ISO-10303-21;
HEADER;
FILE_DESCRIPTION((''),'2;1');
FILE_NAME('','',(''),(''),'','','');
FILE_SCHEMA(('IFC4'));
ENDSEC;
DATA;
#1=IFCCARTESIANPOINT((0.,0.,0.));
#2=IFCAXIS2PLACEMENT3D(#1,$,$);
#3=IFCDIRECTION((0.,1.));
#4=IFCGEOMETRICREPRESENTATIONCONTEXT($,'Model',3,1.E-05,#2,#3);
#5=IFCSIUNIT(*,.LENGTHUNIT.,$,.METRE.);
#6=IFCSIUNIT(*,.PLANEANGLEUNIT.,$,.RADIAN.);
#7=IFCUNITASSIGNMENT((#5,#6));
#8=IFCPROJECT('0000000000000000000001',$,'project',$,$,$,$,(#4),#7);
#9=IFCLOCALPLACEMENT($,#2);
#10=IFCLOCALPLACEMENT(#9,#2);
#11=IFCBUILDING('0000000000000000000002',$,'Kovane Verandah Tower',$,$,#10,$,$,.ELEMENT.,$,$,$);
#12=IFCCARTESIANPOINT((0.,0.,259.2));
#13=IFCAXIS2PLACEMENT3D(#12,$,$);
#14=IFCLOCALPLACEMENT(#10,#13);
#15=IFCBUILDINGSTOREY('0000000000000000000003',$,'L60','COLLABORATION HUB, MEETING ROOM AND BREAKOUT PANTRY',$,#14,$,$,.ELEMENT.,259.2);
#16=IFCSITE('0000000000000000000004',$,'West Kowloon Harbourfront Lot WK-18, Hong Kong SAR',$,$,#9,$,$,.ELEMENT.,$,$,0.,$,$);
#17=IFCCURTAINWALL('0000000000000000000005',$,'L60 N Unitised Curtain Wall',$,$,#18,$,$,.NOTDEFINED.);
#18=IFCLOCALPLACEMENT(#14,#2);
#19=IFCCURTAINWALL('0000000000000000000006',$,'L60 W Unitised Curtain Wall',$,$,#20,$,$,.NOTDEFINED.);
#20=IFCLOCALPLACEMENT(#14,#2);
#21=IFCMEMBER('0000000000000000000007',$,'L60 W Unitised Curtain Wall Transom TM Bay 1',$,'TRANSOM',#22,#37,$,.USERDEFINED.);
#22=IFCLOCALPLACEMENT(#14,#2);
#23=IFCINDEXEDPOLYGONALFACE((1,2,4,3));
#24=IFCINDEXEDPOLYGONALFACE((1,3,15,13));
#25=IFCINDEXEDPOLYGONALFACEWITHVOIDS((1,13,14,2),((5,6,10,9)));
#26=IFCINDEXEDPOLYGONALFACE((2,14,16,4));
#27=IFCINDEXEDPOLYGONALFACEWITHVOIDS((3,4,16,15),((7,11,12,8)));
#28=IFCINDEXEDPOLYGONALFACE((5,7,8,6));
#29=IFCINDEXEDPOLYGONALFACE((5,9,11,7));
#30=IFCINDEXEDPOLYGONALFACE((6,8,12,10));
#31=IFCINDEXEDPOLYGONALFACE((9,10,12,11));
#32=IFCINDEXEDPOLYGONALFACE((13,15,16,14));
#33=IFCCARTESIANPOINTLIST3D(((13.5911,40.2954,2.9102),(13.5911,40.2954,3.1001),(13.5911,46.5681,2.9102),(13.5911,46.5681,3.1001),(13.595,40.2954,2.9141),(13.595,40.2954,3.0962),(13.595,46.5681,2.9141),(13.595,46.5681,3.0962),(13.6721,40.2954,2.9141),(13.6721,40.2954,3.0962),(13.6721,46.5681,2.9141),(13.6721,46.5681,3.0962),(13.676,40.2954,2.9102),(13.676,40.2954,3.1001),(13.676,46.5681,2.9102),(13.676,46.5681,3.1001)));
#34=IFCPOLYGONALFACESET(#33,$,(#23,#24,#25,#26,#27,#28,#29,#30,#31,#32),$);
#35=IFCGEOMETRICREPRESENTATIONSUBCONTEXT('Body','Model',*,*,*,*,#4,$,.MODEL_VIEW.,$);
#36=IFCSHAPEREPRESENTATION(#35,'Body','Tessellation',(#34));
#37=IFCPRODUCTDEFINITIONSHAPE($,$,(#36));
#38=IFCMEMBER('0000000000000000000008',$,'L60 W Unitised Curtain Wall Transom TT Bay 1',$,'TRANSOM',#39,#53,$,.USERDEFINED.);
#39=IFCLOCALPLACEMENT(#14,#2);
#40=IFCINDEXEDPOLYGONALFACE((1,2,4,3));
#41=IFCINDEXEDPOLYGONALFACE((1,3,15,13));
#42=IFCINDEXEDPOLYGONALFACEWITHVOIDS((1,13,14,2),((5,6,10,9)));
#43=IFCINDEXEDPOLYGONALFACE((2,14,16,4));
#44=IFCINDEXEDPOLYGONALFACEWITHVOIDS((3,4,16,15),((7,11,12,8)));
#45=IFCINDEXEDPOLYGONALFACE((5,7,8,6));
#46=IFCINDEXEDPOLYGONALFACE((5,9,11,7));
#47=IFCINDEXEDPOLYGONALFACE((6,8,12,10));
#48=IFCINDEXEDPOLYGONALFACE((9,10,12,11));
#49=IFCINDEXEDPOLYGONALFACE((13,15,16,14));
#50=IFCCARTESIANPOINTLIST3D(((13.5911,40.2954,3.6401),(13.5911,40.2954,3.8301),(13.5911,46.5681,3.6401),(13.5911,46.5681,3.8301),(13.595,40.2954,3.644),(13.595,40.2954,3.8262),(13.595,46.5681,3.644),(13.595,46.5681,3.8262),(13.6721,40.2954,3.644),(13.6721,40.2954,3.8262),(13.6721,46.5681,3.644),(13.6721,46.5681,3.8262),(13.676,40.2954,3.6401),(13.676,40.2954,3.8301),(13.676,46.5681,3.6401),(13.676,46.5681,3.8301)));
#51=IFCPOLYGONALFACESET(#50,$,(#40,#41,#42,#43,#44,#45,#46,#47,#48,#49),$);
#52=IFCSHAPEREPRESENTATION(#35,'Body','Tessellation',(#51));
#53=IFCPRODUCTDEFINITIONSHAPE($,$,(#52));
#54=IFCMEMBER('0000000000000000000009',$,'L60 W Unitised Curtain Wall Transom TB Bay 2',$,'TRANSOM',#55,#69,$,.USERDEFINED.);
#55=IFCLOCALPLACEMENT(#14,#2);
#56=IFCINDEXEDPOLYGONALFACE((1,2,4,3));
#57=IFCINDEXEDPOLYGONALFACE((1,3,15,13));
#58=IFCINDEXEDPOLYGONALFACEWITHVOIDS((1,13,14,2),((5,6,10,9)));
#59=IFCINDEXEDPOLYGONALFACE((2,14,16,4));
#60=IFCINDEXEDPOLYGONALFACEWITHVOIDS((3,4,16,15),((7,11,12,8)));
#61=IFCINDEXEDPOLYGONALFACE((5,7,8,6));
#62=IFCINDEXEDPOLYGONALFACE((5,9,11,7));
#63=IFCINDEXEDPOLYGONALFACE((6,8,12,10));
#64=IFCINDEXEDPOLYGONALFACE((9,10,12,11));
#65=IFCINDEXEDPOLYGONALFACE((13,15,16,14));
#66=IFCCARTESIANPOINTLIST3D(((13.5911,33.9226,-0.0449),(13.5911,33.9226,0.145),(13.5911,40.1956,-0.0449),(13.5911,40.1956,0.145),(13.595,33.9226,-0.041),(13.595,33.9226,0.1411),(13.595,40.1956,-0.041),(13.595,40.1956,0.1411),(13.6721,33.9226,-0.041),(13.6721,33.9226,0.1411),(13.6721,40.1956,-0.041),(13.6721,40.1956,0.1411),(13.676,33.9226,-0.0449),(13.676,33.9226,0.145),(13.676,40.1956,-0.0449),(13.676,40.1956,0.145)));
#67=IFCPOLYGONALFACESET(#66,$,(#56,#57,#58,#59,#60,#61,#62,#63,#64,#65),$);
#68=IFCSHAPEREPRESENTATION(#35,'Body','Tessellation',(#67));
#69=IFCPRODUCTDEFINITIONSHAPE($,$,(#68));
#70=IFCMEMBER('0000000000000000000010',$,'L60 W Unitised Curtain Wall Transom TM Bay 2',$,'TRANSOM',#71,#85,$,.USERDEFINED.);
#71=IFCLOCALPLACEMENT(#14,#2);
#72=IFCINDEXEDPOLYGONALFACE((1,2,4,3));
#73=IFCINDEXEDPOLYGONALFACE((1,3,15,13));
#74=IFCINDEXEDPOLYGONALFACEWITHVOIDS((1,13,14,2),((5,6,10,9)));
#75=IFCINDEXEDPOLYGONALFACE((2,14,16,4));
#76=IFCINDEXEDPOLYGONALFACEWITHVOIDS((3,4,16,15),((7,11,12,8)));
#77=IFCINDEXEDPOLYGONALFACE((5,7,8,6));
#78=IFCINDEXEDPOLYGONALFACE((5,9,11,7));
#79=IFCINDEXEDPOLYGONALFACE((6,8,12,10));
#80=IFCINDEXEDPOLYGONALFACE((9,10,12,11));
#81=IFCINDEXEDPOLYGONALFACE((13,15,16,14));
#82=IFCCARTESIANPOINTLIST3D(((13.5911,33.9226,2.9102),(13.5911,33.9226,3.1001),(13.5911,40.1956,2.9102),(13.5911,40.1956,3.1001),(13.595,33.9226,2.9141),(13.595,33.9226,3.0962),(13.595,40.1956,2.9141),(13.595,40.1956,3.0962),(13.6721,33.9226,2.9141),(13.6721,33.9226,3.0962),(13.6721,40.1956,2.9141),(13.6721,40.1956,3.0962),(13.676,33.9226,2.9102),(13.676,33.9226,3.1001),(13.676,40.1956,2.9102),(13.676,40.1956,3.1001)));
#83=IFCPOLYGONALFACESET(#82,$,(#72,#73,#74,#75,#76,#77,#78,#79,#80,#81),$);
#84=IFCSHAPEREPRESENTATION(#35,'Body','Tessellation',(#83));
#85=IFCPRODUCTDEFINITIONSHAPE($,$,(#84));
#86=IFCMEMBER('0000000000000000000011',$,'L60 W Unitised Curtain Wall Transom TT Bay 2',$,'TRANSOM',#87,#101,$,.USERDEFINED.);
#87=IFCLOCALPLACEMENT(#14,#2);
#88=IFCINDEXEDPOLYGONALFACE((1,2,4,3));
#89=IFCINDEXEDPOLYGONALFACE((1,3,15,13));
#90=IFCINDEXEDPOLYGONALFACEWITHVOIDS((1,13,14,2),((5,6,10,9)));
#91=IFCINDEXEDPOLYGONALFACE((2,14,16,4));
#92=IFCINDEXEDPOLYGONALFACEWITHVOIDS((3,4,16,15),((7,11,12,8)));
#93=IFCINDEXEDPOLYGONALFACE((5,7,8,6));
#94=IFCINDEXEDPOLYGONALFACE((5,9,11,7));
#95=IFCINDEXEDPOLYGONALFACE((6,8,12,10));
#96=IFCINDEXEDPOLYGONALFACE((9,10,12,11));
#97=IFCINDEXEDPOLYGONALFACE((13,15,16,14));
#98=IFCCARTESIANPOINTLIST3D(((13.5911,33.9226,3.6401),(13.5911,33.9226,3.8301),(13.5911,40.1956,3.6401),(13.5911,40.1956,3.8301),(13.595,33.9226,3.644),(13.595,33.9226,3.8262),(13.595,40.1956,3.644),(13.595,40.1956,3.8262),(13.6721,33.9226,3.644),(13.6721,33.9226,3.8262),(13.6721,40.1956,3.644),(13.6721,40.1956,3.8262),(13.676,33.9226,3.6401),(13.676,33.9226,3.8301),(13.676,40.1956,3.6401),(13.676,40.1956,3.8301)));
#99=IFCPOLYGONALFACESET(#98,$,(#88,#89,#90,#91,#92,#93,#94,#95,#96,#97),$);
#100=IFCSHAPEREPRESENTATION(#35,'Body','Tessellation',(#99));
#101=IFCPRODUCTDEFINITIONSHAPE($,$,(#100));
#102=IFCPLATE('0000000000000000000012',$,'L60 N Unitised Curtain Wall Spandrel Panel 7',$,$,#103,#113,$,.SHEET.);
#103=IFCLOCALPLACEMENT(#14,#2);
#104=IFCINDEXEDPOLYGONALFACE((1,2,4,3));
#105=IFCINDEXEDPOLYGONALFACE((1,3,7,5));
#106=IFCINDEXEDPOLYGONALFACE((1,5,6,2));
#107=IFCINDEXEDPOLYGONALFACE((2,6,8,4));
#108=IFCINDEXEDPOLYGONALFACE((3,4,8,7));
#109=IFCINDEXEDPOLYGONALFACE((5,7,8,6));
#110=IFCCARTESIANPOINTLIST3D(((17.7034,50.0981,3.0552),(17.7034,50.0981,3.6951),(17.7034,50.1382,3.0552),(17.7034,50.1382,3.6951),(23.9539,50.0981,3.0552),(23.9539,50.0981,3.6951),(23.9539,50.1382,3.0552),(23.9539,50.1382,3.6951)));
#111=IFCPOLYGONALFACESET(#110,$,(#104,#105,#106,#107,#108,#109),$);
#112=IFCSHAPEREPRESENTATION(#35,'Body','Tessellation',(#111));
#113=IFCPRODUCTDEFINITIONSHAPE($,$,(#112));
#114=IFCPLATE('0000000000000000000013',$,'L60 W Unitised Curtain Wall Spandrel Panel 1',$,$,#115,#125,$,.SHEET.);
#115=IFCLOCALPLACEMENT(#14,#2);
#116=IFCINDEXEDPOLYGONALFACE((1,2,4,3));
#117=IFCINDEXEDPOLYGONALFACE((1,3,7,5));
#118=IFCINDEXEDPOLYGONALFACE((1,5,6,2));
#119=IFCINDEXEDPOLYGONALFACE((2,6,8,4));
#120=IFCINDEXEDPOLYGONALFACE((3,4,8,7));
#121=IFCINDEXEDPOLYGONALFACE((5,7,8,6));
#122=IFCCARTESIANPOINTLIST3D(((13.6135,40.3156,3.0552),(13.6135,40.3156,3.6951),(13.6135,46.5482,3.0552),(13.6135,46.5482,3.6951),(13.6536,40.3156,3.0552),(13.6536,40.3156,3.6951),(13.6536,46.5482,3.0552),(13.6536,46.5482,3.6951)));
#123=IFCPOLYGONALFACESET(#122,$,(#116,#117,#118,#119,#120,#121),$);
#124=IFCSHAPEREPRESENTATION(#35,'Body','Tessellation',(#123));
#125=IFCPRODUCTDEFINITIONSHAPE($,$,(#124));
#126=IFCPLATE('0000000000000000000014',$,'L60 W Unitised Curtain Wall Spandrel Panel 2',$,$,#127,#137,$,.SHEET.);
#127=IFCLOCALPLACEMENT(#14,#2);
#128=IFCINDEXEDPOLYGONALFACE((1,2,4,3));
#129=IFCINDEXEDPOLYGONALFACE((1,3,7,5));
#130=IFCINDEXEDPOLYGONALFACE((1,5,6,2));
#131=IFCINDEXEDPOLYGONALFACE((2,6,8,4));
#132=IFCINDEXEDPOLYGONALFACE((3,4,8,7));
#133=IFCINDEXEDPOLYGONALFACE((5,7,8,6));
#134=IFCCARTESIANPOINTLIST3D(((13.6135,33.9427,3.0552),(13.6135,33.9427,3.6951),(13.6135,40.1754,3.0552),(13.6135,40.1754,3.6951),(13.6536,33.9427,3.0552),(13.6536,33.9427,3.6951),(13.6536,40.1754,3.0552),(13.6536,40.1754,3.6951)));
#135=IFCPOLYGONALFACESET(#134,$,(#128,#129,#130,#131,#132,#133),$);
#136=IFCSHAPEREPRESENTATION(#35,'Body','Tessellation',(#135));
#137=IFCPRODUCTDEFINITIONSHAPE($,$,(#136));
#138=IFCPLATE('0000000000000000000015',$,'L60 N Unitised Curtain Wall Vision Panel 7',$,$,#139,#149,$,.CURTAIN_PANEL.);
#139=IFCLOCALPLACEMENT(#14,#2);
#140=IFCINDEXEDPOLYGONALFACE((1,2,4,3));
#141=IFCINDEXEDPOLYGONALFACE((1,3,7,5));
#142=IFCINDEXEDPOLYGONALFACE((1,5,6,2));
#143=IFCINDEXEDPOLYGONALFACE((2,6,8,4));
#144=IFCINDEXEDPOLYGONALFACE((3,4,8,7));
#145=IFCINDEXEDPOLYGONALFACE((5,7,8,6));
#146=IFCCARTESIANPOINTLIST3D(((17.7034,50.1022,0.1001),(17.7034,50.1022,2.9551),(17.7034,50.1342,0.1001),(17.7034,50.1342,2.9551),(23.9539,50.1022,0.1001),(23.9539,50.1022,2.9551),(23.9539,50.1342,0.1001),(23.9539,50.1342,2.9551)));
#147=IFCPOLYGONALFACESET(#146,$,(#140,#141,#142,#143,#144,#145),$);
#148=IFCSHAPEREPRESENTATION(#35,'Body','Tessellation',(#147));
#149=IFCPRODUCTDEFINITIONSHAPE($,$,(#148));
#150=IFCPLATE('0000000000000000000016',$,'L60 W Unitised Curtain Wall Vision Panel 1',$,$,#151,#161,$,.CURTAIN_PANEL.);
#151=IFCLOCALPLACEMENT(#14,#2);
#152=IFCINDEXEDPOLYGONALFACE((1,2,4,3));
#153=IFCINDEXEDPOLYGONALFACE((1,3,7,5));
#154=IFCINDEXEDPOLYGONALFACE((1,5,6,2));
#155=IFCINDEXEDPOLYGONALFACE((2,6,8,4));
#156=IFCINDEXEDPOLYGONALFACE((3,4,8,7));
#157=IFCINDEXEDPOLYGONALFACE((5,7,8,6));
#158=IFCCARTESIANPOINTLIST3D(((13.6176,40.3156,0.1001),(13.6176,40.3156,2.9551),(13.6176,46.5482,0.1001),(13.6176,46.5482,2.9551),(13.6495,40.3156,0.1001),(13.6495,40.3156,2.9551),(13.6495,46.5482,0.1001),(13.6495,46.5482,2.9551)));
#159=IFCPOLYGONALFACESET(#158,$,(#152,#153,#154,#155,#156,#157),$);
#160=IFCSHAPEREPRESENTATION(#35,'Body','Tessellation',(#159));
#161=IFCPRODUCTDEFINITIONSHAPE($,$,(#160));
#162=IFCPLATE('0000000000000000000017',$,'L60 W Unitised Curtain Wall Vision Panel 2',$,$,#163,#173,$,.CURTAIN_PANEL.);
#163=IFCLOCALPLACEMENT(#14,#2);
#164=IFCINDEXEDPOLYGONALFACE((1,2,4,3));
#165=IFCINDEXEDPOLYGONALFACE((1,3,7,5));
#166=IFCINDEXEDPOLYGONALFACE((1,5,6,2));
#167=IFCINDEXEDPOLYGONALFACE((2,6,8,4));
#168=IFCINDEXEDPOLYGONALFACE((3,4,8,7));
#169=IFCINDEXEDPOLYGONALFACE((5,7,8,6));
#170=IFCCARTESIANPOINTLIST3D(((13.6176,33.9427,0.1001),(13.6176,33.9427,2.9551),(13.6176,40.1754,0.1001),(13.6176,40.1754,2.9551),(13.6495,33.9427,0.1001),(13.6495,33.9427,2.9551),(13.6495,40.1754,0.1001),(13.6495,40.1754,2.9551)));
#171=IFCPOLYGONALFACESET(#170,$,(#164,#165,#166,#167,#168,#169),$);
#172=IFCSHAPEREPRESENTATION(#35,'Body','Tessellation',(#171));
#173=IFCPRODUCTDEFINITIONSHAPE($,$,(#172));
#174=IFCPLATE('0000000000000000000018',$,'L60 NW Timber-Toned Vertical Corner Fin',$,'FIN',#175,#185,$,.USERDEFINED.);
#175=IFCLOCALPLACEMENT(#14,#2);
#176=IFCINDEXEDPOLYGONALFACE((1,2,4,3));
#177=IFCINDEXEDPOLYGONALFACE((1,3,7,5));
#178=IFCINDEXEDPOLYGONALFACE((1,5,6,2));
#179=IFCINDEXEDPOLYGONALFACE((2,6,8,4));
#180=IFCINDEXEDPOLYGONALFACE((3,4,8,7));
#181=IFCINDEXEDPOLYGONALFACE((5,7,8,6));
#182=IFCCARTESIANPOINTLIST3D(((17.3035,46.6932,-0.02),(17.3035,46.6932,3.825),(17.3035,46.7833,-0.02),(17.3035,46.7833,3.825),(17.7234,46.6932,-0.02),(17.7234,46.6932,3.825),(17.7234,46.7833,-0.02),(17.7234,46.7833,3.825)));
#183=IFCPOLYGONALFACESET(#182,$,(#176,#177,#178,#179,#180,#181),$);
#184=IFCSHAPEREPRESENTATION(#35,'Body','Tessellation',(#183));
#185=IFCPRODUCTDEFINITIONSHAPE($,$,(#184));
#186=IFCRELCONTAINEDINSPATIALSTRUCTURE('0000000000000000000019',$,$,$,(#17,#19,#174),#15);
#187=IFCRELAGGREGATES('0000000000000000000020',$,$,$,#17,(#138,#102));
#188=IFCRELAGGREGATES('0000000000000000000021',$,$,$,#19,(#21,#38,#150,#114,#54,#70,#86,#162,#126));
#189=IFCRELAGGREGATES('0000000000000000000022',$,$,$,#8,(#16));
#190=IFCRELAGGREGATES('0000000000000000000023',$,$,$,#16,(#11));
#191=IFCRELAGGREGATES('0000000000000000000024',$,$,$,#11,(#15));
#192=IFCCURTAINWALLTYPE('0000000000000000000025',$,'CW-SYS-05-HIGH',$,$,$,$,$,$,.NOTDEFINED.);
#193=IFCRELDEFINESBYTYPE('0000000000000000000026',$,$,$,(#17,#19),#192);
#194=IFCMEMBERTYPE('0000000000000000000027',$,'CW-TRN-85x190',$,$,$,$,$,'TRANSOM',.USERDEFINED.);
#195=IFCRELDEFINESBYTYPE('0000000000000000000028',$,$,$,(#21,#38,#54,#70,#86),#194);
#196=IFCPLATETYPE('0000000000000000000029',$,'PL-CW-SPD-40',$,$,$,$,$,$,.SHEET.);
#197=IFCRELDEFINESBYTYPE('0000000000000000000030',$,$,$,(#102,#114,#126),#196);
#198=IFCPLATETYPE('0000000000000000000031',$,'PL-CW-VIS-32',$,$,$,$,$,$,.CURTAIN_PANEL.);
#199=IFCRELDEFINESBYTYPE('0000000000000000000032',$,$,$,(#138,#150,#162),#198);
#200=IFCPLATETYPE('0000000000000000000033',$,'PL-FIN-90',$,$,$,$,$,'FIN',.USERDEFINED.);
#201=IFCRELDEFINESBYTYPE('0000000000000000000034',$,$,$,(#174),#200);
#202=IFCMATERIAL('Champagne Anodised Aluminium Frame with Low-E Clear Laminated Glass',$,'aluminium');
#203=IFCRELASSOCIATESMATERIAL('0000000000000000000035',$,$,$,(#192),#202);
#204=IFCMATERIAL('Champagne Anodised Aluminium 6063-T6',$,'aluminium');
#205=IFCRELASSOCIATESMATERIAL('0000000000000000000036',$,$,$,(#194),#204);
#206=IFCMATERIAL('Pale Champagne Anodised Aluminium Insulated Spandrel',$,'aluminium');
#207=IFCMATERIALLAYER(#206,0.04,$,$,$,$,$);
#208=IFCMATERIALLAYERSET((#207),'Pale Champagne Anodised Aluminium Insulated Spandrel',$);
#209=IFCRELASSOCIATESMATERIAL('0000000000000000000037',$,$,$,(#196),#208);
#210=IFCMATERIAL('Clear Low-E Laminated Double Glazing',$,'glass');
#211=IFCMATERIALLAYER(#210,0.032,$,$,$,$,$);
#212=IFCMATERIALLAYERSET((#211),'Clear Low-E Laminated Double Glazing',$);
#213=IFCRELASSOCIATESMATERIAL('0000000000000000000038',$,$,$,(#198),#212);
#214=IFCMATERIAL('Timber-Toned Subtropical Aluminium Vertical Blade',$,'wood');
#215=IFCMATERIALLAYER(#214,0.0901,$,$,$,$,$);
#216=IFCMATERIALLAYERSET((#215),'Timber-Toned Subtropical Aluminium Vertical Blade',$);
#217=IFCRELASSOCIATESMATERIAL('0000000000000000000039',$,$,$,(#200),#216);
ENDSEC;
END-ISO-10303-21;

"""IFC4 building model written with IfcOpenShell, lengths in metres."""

from ifc_helpers import new_model, si_unit, direction, frame, origin, origin_2d, place, context, subcontext, project, spatial, rectangle, hollow_rectangle, extrude, material, layer, layer_set, material_profile, profile_set, type_object, element, aggregate, save


model = new_model("IFC4")

# Units and contexts
model_context = context("Model", 3, precision=1e-05, world=origin(), true_north=direction((0.0, 1.0)))
body_context = subcontext(model_context, "Body", "Model", "MODEL_VIEW")
ifc_project = project(units=[si_unit("LENGTHUNIT", "METRE"), si_unit("PLANEANGLEUNIT", "RADIAN")], contexts=[model_context])

# Site, building, storey
site_placement = place(None, origin())
site = spatial("IfcSite", under=ifc_project, at=site_placement, Name="West Kowloon Harbourfront Lot WK-18, Hong Kong SAR", CompositionType="ELEMENT", RefElevation=0.0)
building_placement = place(site_placement, origin())
building = spatial("IfcBuilding", under=site, at=building_placement, Name="Kovane Verandah Tower", CompositionType="ELEMENT")
storey_placement = place(building_placement, frame((0.0, 0.0, 259.2)))
storey = spatial("IfcBuildingStorey", under=building, at=storey_placement, Name="L60", Description="COLLABORATION HUB, MEETING ROOM AND BREAKOUT PANTRY", CompositionType="ELEMENT", Elevation=259.2)

# Curtain wall
ifc_material_1 = material(Name="Champagne Anodised Aluminium Frame with Low-E Clear Laminated Glass", Category="aluminium")
curtain_wall_type = type_object("IfcCurtainWallType", Name="CW-SYS-05-HIGH", PredefinedType="NOTDEFINED", material=ifc_material_1)
curtain_wall_1_placement = place(storey_placement, origin())
curtain_wall_1 = element("IfcCurtainWall", 1, at=curtain_wall_1_placement, inside=storey, type_object=curtain_wall_type, Name="L60 N Unitised Curtain Wall", PredefinedType="NOTDEFINED")
ifc_material_2 = material(Name="Champagne Anodised Aluminium 6063-T6", Category="aluminium")

# Curtain wall, members
curtain_wall_2_placement = place(storey_placement, origin())
curtain_wall_2 = element("IfcCurtainWall", 2, at=curtain_wall_2_placement, inside=storey, type_object=curtain_wall_type, Name="L60 W Unitised Curtain Wall", PredefinedType="NOTDEFINED")
ifc_material_profile_1 = material_profile(ifc_material_2, hollow_rectangle(XDim=0.085, YDim=0.1899, WallThickness=0.0039, at=origin_2d()), Name="AL85x190x4")
ifc_profile_set_1 = profile_set([ifc_material_profile_1], Name="Champagne Anodised Aluminium 6063-T6")
member_type_1 = type_object("IfcMemberType", Name="CW-TRN-85x190", ElementType="TRANSOM", PredefinedType="USERDEFINED", material=ifc_profile_set_1)
member_1_placement = place(storey_placement, frame((13.6335, 46.5681, 3.0051), z_axis=(0.0, -1.0, 0.0), x_axis=(1.0, 0.0, 0.0)))
member_1 = element("IfcMember", 3, at=member_1_placement, type_object=member_type_1, Name="L60 W Unitised Curtain Wall Transom TM Bay 1", ObjectType="TRANSOM", PredefinedType="USERDEFINED", context=body_context, shape_type="SweptSolid", body=[
    extrude(hollow_rectangle(XDim=0.085, YDim=0.1899, WallThickness=0.0039, at=origin_2d()), origin(), (0.0, 0.0, 1.0), 6.2727),
])
member_2_placement = place(storey_placement, frame((13.6335, 46.5681, 3.7351), z_axis=(0.0, -1.0, 0.0), x_axis=(1.0, 0.0, 0.0)))
member_2 = element("IfcMember", 4, at=member_2_placement, type_object=member_type_1, Name="L60 W Unitised Curtain Wall Transom TT Bay 1", ObjectType="TRANSOM", PredefinedType="USERDEFINED", context=body_context, shape_type="SweptSolid", body=[
    extrude(hollow_rectangle(XDim=0.085, YDim=0.1899, WallThickness=0.0039, at=origin_2d()), origin(), (0.0, 0.0, 1.0), 6.2727),
])
member_3_placement = place(storey_placement, frame((13.6335, 40.1956, 0.05), z_axis=(0.0, -1.0, 0.0), x_axis=(1.0, 0.0, 0.0)))
member_3 = element("IfcMember", 5, at=member_3_placement, type_object=member_type_1, Name="L60 W Unitised Curtain Wall Transom TB Bay 2", ObjectType="TRANSOM", PredefinedType="USERDEFINED", context=body_context, shape_type="SweptSolid", body=[
    extrude(hollow_rectangle(XDim=0.085, YDim=0.1899, WallThickness=0.0039, at=origin_2d()), origin(), (0.0, 0.0, 1.0), 6.2729),
])
member_4_placement = place(storey_placement, frame((13.6335, 40.1956, 3.0051), z_axis=(0.0, -1.0, 0.0), x_axis=(1.0, 0.0, 0.0)))
member_4 = element("IfcMember", 6, at=member_4_placement, type_object=member_type_1, Name="L60 W Unitised Curtain Wall Transom TM Bay 2", ObjectType="TRANSOM", PredefinedType="USERDEFINED", context=body_context, shape_type="SweptSolid", body=[
    extrude(hollow_rectangle(XDim=0.085, YDim=0.1899, WallThickness=0.0039, at=origin_2d()), origin(), (0.0, 0.0, 1.0), 6.2729),
])
member_5_placement = place(storey_placement, frame((13.6335, 40.1956, 3.7351), z_axis=(0.0, -1.0, 0.0), x_axis=(1.0, 0.0, 0.0)))
member_5 = element("IfcMember", 7, at=member_5_placement, type_object=member_type_1, Name="L60 W Unitised Curtain Wall Transom TT Bay 2", ObjectType="TRANSOM", PredefinedType="USERDEFINED", context=body_context, shape_type="SweptSolid", body=[
    extrude(hollow_rectangle(XDim=0.085, YDim=0.1899, WallThickness=0.0039, at=origin_2d()), origin(), (0.0, 0.0, 1.0), 6.2729),
])

# Plates
ifc_material_3 = material(Name="Pale Champagne Anodised Aluminium Insulated Spandrel", Category="aluminium")
ifc_layer_1 = layer(ifc_material_3, 0.04)
ifc_layer_set_1 = layer_set([ifc_layer_1], Name="Pale Champagne Anodised Aluminium Insulated Spandrel")
plate_type_1 = type_object("IfcPlateType", Name="PL-CW-SPD-40", PredefinedType="SHEET", material=ifc_layer_set_1)
plate_1_placement = place(storey_placement, frame((20.8286, 50.1182, 3.0552), z_axis=(0.0, 0.0, 1.0), x_axis=(-1.0, 0.0, 0.0)))
plate_1 = element("IfcPlate", 8, at=plate_1_placement, type_object=plate_type_1, Name="L60 N Unitised Curtain Wall Spandrel Panel 7", PredefinedType="SHEET", context=body_context, shape_type="SweptSolid", body=[
    extrude(rectangle(XDim=6.2505, YDim=0.04, at=origin_2d()), origin(), (0.0, 0.0, 1.0), 0.6399),
])
plate_2_placement = place(storey_placement, frame((13.6335, 43.4319, 3.0552), z_axis=(0.0, 0.0, 1.0), x_axis=(0.0, -1.0, 0.0)))
plate_2 = element("IfcPlate", 9, at=plate_2_placement, type_object=plate_type_1, Name="L60 W Unitised Curtain Wall Spandrel Panel 1", PredefinedType="SHEET", context=body_context, shape_type="SweptSolid", body=[
    extrude(rectangle(XDim=6.2327, YDim=0.04, at=origin_2d()), origin(), (0.0, 0.0, 1.0), 0.6399),
])
plate_3_placement = place(storey_placement, frame((13.6335, 37.0591, 3.0552), z_axis=(0.0, 0.0, 1.0), x_axis=(0.0, -1.0, 0.0)))
plate_3 = element("IfcPlate", 10, at=plate_3_placement, type_object=plate_type_1, Name="L60 W Unitised Curtain Wall Spandrel Panel 2", PredefinedType="SHEET", context=body_context, shape_type="SweptSolid", body=[
    extrude(rectangle(XDim=6.2327, YDim=0.04, at=origin_2d()), origin(), (0.0, 0.0, 1.0), 0.6399),
])
ifc_material_4 = material(Name="Clear Low-E Laminated Double Glazing", Category="glass")
ifc_layer_2 = layer(ifc_material_4, 0.032)
ifc_layer_set_2 = layer_set([ifc_layer_2], Name="Clear Low-E Laminated Double Glazing")
plate_type_2 = type_object("IfcPlateType", Name="PL-CW-VIS-32", PredefinedType="CURTAIN_PANEL", material=ifc_layer_set_2)
plate_4_placement = place(storey_placement, frame((20.8286, 50.1182, 0.1001), z_axis=(0.0, 0.0, 1.0), x_axis=(-1.0, 0.0, 0.0)))
plate_4 = element("IfcPlate", 11, at=plate_4_placement, type_object=plate_type_2, Name="L60 N Unitised Curtain Wall Vision Panel 7", PredefinedType="CURTAIN_PANEL", context=body_context, shape_type="SweptSolid", body=[
    extrude(rectangle(XDim=6.2505, YDim=0.032, at=origin_2d()), origin(), (0.0, 0.0, 1.0), 2.855),
])
aggregate(curtain_wall_1, [plate_4, plate_1])
plate_5_placement = place(storey_placement, frame((13.6335, 43.4319, 0.1001), z_axis=(0.0, 0.0, 1.0), x_axis=(0.0, -1.0, 0.0)))
plate_5 = element("IfcPlate", 12, at=plate_5_placement, type_object=plate_type_2, Name="L60 W Unitised Curtain Wall Vision Panel 1", PredefinedType="CURTAIN_PANEL", context=body_context, shape_type="SweptSolid", body=[
    extrude(rectangle(XDim=6.2327, YDim=0.032, at=origin_2d()), origin(), (0.0, 0.0, 1.0), 2.855),
])
plate_6_placement = place(storey_placement, frame((13.6335, 37.0591, 0.1001), z_axis=(0.0, 0.0, 1.0), x_axis=(0.0, -1.0, 0.0)))
plate_6 = element("IfcPlate", 13, at=plate_6_placement, type_object=plate_type_2, Name="L60 W Unitised Curtain Wall Vision Panel 2", PredefinedType="CURTAIN_PANEL", context=body_context, shape_type="SweptSolid", body=[
    extrude(rectangle(XDim=6.2327, YDim=0.032, at=origin_2d()), origin(), (0.0, 0.0, 1.0), 2.855),
])
aggregate(curtain_wall_2, [member_1, member_2, plate_5, plate_2, member_3, member_4, member_5, plate_6, plate_3])
ifc_material_5 = material(Name="Timber-Toned Subtropical Aluminium Vertical Blade", Category="wood")
ifc_layer_3 = layer(ifc_material_5, 0.0901)
ifc_layer_set_3 = layer_set([ifc_layer_3], Name="Timber-Toned Subtropical Aluminium Vertical Blade")
plate_type_3 = type_object("IfcPlateType", Name="PL-FIN-90", ElementType="FIN", PredefinedType="USERDEFINED", material=ifc_layer_set_3)
plate_7_placement = place(storey_placement, frame((17.5134, 46.7383, -0.02), z_axis=(0.0, 0.0, 1.0), x_axis=(1.0, 0.0, 0.0)))
element("IfcPlate", 14, at=plate_7_placement, inside=storey, type_object=plate_type_3, Name="L60 NW Timber-Toned Vertical Corner Fin", ObjectType="FIN", PredefinedType="USERDEFINED", context=body_context, shape_type="SweptSolid", body=[
    extrude(rectangle(XDim=0.4199, YDim=0.0901, at=origin_2d()), origin(), (0.0, 0.0, 1.0), 3.845),
])

save(model, "model.ifc")
